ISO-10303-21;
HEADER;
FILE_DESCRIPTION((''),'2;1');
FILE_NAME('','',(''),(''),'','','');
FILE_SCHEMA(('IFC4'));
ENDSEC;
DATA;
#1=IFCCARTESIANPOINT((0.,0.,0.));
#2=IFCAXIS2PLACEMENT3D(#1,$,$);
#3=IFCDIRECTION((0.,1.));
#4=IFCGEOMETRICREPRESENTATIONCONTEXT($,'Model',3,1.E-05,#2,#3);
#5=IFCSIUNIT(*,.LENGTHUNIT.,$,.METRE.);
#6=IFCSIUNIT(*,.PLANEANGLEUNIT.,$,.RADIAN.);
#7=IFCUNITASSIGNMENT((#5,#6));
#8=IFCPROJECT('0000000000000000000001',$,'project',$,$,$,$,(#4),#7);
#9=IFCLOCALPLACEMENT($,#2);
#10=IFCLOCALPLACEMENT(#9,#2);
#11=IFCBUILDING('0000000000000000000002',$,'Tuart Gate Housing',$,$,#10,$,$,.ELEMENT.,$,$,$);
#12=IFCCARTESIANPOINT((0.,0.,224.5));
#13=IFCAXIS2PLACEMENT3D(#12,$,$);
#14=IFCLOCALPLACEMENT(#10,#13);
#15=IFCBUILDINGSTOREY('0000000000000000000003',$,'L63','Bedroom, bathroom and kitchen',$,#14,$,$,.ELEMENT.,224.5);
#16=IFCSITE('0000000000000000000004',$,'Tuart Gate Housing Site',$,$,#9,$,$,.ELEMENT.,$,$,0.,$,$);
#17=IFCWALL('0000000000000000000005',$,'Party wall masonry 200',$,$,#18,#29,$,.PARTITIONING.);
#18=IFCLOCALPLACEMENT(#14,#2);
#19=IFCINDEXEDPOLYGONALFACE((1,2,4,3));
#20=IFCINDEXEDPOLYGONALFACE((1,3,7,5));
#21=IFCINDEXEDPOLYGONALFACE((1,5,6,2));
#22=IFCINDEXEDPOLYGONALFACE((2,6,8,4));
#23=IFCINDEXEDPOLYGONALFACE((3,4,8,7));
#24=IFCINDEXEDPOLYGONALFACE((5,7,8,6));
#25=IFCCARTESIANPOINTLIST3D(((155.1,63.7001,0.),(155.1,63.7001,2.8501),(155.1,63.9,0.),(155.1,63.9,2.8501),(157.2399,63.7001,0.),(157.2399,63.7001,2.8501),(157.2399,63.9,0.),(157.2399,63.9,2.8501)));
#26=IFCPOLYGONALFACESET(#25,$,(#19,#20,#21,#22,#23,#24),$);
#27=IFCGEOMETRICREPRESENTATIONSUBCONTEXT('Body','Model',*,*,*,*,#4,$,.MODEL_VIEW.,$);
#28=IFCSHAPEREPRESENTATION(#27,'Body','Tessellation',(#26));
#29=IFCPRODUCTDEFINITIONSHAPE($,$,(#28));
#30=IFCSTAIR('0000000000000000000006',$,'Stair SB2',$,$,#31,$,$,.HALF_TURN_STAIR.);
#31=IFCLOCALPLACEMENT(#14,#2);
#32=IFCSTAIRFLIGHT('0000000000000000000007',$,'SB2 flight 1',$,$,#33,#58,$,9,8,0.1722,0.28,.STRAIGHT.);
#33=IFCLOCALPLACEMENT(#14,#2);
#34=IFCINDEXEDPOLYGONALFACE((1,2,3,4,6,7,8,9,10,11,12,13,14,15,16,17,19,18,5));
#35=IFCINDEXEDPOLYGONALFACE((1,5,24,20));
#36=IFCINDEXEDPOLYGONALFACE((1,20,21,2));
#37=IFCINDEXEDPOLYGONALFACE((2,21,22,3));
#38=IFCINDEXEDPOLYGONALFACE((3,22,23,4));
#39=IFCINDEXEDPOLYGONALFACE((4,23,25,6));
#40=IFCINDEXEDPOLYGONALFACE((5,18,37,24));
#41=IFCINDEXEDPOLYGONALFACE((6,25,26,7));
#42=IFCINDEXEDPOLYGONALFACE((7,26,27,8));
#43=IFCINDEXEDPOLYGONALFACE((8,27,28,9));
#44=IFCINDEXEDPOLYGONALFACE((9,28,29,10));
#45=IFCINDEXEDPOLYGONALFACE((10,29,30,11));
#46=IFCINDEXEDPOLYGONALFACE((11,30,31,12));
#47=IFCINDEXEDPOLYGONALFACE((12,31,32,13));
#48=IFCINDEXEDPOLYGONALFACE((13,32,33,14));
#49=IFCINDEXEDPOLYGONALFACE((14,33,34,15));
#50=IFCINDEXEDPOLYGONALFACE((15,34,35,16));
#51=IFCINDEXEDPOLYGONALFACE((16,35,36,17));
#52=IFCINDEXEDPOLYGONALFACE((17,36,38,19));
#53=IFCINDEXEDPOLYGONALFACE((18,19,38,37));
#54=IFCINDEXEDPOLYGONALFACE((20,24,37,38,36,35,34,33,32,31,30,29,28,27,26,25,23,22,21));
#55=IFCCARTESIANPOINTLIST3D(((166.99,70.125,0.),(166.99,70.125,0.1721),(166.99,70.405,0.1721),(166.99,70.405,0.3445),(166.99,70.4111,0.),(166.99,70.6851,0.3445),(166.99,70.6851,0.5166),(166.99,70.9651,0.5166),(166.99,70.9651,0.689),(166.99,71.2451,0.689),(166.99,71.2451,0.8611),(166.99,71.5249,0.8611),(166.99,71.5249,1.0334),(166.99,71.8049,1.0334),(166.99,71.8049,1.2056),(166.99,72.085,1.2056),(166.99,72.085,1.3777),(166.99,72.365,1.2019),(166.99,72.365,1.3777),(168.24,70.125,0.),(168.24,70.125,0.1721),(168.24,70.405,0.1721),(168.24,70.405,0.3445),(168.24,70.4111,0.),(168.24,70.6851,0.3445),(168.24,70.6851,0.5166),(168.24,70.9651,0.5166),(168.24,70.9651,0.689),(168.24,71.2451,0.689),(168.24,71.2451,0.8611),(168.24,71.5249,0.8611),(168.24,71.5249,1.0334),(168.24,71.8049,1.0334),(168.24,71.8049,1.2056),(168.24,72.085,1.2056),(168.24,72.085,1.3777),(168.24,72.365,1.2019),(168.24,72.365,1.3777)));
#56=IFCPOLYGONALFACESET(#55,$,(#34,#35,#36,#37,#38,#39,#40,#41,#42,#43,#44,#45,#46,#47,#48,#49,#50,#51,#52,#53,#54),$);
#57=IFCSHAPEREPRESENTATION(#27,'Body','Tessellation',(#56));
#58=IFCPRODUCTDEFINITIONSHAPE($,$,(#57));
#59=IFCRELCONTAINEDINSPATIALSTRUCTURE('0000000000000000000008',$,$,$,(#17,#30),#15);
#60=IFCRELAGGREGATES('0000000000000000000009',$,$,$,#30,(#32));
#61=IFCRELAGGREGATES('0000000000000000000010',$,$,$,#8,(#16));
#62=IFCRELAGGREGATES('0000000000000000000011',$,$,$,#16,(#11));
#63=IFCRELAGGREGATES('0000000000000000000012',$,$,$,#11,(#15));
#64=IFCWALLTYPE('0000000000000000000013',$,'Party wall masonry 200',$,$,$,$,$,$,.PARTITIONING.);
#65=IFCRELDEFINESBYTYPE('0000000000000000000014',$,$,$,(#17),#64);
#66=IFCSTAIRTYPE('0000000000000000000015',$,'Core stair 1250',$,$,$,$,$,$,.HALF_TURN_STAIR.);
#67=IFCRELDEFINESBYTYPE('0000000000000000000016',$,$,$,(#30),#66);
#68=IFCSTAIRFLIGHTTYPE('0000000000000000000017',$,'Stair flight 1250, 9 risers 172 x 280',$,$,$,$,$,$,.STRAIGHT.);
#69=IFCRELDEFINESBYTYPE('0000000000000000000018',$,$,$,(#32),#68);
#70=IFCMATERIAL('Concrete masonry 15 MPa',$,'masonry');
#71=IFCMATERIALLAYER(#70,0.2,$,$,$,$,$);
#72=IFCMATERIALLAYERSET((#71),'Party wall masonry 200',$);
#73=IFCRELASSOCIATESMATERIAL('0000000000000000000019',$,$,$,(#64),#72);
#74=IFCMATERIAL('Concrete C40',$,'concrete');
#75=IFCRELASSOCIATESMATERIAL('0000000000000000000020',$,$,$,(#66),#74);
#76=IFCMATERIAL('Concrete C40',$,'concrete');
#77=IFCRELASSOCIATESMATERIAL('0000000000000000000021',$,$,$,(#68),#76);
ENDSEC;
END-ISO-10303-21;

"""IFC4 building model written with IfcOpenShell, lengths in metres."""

from ifc_helpers import new_model, si_unit, direction, frame, frame_2d, origin, place, context, subcontext, project, spatial, polyline, rectangle, outline, extrude, material, layer, layer_set, type_object, element, aggregate, save


model = new_model("IFC4")

# Units and contexts
model_context = context("Model", 3, precision=1e-05, world=origin(), true_north=direction((0.0, 1.0)))
body_context = subcontext(model_context, "Body", "Model", "MODEL_VIEW")
ifc_project = project(units=[si_unit("LENGTHUNIT", "METRE"), si_unit("PLANEANGLEUNIT", "RADIAN")], contexts=[model_context])

# Site, building, storey
site_placement = place(None, origin())
site = spatial("IfcSite", under=ifc_project, at=site_placement, Name="Tuart Gate Housing Site", CompositionType="ELEMENT", RefElevation=0.0)
building_placement = place(site_placement, origin())
building = spatial("IfcBuilding", under=site, at=building_placement, Name="Tuart Gate Housing", CompositionType="ELEMENT")
storey_placement = place(building_placement, frame((0.0, 0.0, 224.5)))
storey = spatial("IfcBuildingStorey", under=building, at=storey_placement, Name="L63", Description="Bedroom, bathroom and kitchen", CompositionType="ELEMENT", Elevation=224.5)

# Wall
ifc_material_1 = material(Name="Concrete masonry 15 MPa", Category="masonry")
ifc_layer_1 = layer(ifc_material_1, 0.2)
ifc_layer_set_1 = layer_set([ifc_layer_1], Name="Party wall masonry 200")
wall_type_1 = type_object("IfcWallType", Name="Party wall masonry 200", PredefinedType="PARTITIONING", material=ifc_layer_set_1)
wall_1_placement = place(storey_placement, frame((155.1001, 63.8, 0.0), z_axis=(0.0, 0.0, 1.0), x_axis=(1.0, 0.0, 0.0)))
element("IfcWall", 1, at=wall_1_placement, inside=storey, type_object=wall_type_1, Name="Party wall masonry 200", PredefinedType="PARTITIONING", context=body_context, shape_type="SweptSolid", body=[
    extrude(rectangle(XDim=2.1399, YDim=0.2, at=frame_2d((1.0698, 0.0))), origin(), (0.0, 0.0, 1.0), 2.8501),
])

# Stair, stair flight
ifc_material_2 = material(Name="Concrete C40", Category="concrete")
stair_type = type_object("IfcStairType", Name="Core stair 1250", PredefinedType="HALF_TURN_STAIR", material=ifc_material_2)
stair_placement = place(storey_placement, origin())
stair = element("IfcStair", 2, at=stair_placement, inside=storey, type_object=stair_type, Name="Stair SB2", PredefinedType="HALF_TURN_STAIR")
ifc_material_3 = material(Name="Concrete C40", Category="concrete")
stair_flight_type = type_object("IfcStairFlightType", Name="Stair flight 1250, 9 risers 172 x 280", PredefinedType="STRAIGHT", material=ifc_material_3)
stair_flight_placement = place(storey_placement, frame((167.615, 70.125, 0.0), z_axis=(0.0, 0.0, 1.0), x_axis=(0.0, 1.0, 0.0)))
stair_flight = element("IfcStairFlight", 3, at=stair_flight_placement, type_object=stair_flight_type, Name="SB2 flight 1", NumberOfRisers=9, NumberOfTreads=8, PredefinedType="STRAIGHT", RiserHeight=0.1722, TreadLength=0.28, context=body_context, shape_type="SweptSolid", body=[
    extrude(outline(polyline([(0.0, 0.0), (0.0, 0.1721), (0.28, 0.1721), (0.28, 0.3445), (0.5601, 0.3445), (0.5601, 0.5166), (0.8401, 0.5166), (0.8401, 0.689), (1.1201, 0.689), (1.1201, 0.8611), (1.3999, 0.8611), (1.3999, 1.0334), (1.6799, 1.0334), (1.6799, 1.2056), (1.96, 1.2056), (1.96, 1.3777), (2.24, 1.3777), (2.24, 1.55), (2.24, 1.2019), (0.2861, 0.0), (0.0, 0.0)])), frame((0.0, 0.625, 0.0), z_axis=(0.0, -1.0, 0.0), x_axis=(1.0, 0.0, 0.0)), (0.0, 0.0, 1.0), 1.25),
])
aggregate(stair, [stair_flight])

save(model, "model.ifc")
